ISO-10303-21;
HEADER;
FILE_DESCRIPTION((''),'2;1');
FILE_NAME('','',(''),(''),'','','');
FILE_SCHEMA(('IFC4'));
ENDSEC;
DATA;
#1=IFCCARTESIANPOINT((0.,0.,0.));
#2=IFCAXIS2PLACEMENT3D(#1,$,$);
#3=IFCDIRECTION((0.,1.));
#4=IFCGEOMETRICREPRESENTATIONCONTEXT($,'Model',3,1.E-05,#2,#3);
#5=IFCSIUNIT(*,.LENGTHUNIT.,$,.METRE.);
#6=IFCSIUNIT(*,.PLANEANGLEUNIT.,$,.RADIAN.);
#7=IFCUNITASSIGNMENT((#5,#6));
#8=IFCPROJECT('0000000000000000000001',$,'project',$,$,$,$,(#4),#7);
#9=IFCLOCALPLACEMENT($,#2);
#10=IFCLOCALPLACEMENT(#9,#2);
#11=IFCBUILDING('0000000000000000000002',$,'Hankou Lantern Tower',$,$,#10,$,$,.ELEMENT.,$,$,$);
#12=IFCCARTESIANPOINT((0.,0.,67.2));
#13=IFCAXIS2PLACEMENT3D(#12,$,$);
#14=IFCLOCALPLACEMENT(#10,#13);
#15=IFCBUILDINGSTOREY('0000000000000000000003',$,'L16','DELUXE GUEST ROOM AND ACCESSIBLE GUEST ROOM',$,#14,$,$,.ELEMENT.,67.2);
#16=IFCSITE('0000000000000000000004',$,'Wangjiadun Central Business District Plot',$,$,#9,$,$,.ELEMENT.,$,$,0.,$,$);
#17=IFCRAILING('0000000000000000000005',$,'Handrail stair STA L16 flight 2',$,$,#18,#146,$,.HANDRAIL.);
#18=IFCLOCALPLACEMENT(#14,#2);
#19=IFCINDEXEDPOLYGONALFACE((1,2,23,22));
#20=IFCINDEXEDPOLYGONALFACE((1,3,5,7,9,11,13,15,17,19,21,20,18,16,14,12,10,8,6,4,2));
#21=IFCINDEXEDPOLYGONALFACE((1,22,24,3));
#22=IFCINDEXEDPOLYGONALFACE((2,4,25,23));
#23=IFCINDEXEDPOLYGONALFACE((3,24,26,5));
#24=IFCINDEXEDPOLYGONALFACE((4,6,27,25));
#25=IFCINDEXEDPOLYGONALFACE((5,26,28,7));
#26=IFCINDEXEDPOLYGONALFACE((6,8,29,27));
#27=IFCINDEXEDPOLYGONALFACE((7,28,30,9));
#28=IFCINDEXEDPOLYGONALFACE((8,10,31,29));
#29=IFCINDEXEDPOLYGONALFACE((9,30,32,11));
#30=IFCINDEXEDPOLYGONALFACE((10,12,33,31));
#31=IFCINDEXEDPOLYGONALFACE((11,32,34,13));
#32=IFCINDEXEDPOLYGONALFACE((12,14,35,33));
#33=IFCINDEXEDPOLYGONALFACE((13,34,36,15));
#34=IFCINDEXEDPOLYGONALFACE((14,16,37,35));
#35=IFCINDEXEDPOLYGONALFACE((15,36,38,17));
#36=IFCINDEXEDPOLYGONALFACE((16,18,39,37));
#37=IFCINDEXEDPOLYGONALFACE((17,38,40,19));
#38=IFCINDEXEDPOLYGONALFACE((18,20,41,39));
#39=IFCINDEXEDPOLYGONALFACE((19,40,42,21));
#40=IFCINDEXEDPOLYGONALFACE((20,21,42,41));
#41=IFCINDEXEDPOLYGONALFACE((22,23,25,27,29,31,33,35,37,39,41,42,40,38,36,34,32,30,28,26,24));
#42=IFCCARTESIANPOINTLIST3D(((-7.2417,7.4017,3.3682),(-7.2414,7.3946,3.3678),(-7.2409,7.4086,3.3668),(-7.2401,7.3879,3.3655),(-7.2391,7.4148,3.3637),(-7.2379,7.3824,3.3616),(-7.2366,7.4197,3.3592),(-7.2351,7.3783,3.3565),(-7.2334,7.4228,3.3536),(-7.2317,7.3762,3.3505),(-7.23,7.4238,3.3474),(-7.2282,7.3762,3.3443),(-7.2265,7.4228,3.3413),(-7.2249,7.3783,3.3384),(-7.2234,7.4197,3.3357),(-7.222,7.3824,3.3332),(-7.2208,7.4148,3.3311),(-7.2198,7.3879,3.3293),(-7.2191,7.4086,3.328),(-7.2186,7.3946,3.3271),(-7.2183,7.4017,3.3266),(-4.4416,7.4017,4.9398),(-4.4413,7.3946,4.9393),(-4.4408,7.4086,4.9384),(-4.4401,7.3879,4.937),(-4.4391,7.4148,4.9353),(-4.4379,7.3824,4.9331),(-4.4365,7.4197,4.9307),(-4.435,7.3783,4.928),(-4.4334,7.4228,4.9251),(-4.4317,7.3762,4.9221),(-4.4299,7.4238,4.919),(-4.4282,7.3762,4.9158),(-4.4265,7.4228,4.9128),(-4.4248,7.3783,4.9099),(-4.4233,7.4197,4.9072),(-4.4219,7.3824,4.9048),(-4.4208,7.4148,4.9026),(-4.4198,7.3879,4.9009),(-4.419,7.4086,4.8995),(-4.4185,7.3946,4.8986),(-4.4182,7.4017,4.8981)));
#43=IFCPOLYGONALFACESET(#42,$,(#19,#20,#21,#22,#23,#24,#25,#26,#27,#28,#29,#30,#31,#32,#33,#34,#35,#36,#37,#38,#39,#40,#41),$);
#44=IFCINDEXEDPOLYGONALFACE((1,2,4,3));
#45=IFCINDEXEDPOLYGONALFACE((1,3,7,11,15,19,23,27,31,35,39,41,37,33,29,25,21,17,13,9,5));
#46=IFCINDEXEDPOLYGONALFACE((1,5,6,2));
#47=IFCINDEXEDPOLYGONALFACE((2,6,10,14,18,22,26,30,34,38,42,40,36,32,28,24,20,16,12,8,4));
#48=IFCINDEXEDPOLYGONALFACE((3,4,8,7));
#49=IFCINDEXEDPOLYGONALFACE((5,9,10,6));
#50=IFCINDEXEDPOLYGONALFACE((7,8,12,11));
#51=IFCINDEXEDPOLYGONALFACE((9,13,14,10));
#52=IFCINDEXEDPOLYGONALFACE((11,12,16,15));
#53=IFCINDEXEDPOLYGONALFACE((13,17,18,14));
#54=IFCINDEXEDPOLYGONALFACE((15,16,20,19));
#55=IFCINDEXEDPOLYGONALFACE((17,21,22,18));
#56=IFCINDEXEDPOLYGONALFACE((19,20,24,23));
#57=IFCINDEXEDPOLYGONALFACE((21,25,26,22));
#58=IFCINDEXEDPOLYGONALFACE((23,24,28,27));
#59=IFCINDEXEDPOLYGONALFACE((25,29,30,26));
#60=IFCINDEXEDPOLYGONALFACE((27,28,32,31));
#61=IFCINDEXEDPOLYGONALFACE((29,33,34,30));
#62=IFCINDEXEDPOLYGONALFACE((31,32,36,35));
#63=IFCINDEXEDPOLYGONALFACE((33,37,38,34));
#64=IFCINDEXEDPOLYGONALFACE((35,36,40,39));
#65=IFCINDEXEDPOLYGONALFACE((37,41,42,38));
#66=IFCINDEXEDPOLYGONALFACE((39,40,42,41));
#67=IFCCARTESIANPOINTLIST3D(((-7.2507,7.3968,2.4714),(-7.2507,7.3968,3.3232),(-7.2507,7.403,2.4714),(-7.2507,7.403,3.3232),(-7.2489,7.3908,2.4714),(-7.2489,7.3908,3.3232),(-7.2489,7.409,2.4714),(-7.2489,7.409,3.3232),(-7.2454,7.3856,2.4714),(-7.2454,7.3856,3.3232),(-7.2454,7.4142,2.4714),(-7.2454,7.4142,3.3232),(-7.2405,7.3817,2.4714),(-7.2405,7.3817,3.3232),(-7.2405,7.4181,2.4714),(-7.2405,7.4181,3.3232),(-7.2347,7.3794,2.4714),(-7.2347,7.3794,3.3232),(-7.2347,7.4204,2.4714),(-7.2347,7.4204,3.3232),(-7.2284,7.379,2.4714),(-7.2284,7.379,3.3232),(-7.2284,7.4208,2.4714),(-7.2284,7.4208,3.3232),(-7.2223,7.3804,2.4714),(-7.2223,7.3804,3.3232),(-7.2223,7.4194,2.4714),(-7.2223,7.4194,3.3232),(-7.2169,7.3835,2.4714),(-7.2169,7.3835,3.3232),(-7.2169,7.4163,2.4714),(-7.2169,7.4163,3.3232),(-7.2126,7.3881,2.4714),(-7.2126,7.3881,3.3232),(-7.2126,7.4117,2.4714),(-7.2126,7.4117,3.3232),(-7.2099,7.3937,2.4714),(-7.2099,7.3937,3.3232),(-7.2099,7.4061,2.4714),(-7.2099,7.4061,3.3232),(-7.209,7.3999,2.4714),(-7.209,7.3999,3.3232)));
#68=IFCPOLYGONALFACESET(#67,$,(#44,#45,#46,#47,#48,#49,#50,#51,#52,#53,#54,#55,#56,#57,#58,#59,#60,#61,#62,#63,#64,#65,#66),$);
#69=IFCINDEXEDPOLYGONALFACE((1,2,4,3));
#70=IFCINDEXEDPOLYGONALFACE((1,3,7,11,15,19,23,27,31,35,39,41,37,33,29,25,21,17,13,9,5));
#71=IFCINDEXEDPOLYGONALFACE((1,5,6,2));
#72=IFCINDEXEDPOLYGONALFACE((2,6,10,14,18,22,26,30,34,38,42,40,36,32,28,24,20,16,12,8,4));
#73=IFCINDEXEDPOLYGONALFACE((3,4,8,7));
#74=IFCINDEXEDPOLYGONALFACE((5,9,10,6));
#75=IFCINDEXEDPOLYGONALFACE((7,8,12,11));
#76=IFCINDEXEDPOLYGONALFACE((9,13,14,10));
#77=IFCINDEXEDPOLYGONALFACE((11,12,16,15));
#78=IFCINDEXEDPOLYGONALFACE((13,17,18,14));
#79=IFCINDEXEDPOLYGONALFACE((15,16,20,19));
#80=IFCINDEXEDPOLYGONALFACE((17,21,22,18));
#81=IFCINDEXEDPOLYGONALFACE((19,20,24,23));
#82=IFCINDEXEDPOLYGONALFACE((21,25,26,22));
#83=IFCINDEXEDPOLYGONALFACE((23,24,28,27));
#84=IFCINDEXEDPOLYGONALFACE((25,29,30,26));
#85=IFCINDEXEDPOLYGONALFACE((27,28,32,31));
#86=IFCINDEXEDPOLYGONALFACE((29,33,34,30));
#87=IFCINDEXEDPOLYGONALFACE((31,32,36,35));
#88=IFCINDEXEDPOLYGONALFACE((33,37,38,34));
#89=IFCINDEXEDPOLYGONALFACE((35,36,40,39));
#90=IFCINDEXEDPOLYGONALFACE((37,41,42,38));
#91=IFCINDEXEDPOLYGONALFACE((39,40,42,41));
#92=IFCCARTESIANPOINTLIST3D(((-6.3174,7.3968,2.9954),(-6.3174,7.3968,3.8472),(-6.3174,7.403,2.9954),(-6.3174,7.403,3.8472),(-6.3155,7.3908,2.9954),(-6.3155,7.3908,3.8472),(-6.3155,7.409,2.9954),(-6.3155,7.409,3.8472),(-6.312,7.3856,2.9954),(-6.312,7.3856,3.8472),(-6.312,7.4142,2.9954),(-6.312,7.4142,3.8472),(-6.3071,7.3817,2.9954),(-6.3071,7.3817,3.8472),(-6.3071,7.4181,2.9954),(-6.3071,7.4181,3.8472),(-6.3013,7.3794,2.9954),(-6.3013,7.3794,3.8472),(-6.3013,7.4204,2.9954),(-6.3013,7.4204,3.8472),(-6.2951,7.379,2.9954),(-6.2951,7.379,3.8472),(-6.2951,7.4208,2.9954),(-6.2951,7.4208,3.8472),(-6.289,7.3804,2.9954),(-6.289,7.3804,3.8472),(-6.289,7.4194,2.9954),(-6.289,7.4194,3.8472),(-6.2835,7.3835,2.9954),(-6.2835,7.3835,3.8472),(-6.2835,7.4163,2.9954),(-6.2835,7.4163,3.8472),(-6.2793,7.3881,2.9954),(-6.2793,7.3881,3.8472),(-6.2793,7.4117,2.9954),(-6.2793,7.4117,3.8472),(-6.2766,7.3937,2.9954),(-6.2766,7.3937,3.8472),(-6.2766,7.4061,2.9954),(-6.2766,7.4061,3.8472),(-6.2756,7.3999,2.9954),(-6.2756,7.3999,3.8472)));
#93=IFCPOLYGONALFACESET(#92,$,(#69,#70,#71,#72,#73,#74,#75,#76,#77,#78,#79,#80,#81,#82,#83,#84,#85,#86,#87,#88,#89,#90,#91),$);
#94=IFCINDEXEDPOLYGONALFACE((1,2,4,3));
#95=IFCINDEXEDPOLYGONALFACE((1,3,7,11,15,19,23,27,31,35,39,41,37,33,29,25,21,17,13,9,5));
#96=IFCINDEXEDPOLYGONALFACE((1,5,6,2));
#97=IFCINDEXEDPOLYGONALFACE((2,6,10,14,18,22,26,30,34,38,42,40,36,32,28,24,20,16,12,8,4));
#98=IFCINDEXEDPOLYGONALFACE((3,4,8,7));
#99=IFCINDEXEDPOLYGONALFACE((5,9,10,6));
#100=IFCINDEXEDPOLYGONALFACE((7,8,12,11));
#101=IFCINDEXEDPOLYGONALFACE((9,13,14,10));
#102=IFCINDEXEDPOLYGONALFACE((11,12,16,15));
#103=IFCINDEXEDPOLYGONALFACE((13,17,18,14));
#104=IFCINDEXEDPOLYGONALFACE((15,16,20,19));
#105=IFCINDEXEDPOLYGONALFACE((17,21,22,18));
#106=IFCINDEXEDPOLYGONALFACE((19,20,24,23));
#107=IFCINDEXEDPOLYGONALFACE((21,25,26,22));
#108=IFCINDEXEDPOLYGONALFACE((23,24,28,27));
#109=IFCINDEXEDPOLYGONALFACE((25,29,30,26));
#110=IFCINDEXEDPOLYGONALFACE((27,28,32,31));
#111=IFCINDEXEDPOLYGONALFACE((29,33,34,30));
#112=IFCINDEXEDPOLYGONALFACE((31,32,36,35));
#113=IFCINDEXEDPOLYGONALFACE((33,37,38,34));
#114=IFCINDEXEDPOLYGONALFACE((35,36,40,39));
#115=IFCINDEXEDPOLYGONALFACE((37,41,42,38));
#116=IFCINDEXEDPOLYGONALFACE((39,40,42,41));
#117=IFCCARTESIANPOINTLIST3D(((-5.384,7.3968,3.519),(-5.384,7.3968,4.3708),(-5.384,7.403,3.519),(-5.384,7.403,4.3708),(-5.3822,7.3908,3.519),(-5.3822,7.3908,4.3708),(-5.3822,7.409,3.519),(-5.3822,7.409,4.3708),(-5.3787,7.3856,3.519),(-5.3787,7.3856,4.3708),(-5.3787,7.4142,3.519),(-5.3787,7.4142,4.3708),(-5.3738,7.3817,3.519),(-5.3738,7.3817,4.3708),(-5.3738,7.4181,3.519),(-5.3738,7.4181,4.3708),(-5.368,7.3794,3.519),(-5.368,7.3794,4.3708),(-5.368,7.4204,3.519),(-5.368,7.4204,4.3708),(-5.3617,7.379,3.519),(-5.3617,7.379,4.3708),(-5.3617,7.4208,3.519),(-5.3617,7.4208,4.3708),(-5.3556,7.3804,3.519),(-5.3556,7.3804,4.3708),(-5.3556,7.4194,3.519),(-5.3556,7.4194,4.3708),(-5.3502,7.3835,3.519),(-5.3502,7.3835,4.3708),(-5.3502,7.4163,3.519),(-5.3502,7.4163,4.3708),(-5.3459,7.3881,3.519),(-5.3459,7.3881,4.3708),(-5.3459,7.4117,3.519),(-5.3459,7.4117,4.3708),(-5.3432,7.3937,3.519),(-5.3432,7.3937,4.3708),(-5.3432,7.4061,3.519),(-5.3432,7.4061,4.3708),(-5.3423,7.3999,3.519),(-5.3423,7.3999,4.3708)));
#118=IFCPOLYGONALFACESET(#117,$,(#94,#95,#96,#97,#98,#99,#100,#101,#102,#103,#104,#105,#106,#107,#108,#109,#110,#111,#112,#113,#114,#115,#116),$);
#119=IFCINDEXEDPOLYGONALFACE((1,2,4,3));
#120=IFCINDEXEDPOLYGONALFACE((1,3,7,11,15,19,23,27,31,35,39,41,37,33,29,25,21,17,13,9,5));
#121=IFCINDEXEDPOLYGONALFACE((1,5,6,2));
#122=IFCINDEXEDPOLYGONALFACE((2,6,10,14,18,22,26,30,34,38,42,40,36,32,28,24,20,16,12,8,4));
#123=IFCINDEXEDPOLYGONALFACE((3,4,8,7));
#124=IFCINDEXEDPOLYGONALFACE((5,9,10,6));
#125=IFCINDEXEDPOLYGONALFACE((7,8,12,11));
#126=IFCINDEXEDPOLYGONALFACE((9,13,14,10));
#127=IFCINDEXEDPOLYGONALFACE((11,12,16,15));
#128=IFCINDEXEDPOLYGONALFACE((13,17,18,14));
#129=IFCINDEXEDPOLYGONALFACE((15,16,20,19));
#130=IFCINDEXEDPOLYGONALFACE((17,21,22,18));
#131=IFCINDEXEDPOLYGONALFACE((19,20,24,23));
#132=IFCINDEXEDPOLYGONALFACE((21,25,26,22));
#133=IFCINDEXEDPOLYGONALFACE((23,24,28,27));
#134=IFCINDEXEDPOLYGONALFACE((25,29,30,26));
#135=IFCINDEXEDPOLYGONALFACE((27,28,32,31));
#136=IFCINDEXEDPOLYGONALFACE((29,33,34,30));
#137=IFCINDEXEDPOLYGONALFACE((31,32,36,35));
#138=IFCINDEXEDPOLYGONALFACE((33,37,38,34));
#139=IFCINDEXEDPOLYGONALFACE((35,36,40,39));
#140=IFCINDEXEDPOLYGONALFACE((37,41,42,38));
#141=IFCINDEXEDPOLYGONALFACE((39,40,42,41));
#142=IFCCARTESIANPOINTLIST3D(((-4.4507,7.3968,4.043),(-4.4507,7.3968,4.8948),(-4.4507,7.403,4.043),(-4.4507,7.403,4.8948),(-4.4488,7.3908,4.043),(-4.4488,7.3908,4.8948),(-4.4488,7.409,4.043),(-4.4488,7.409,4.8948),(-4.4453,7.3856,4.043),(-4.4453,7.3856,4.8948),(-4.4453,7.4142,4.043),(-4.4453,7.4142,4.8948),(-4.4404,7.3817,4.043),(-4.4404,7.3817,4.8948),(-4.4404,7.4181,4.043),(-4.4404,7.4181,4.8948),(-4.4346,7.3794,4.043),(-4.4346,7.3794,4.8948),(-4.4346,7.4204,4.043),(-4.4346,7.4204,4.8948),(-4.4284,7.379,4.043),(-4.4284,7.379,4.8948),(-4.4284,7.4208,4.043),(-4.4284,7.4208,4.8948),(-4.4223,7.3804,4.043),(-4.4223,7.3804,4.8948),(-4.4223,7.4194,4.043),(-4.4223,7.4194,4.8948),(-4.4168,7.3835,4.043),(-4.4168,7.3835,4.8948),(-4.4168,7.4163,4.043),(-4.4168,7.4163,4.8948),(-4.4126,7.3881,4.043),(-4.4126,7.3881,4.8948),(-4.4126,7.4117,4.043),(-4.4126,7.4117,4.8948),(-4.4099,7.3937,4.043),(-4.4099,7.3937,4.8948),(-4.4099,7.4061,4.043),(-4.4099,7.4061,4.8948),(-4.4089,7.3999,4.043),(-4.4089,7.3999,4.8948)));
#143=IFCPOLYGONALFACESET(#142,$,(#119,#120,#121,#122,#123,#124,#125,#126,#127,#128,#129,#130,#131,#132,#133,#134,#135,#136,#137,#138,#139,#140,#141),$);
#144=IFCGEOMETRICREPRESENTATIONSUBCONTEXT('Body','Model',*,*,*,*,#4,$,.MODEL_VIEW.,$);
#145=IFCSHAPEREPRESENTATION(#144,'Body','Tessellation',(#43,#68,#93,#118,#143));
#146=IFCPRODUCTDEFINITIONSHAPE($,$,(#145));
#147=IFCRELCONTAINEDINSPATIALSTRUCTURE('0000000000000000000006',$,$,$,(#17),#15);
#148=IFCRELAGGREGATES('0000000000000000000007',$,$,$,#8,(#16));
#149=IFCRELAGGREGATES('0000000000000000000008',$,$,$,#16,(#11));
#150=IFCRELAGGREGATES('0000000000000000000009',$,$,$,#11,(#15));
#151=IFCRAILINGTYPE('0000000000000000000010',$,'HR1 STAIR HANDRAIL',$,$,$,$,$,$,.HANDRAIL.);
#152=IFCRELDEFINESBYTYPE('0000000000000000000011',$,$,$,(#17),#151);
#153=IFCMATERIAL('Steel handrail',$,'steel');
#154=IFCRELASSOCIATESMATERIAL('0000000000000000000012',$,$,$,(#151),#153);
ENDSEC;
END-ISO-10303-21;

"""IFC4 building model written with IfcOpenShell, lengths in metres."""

from ifc_helpers import new_model, si_unit, direction, frame, origin, origin_2d, place, context, subcontext, project, spatial, circle, extrude, material, type_object, element, save


model = new_model("IFC4")

# Units and contexts
model_context = context("Model", 3, precision=1e-05, world=origin(), true_north=direction((0.0, 1.0)))
body_context = subcontext(model_context, "Body", "Model", "MODEL_VIEW")
ifc_project = project(units=[si_unit("LENGTHUNIT", "METRE"), si_unit("PLANEANGLEUNIT", "RADIAN")], contexts=[model_context])

# Site, building, storey
site_placement = place(None, origin())
site = spatial("IfcSite", under=ifc_project, at=site_placement, Name="Wangjiadun Central Business District Plot", CompositionType="ELEMENT", RefElevation=0.0)
building_placement = place(site_placement, origin())
building = spatial("IfcBuilding", under=site, at=building_placement, Name="Hankou Lantern Tower", CompositionType="ELEMENT")
storey_placement = place(building_placement, frame((0.0, 0.0, 67.2)))
storey = spatial("IfcBuildingStorey", under=building, at=storey_placement, Name="L16", Description="DELUXE GUEST ROOM AND ACCESSIBLE GUEST ROOM", CompositionType="ELEMENT", Elevation=67.2)

# Railing
ifc_material_1 = material(Name="Steel handrail", Category="steel")
railing_type = type_object("IfcRailingType", Name="HR1 STAIR HANDRAIL", PredefinedType="HANDRAIL", material=ifc_material_1)
railing_1_placement = place(storey_placement, frame((-7.23, 7.3999, 2.4714)))
element("IfcRailing", 1, at=railing_1_placement, inside=storey, type_object=railing_type, Name="Handrail stair STA L16 flight 2", PredefinedType="HANDRAIL", context=body_context, shape_type="SweptSolid", body=[
    extrude(circle(Radius=0.0239, at=origin_2d()), frame((0.0, 0.0, 0.876), z_axis=(0.87204, 0.0, 0.489434), x_axis=(0.0, 1.0, 0.0)), (0.0, 0.0, 1.0), 3.2109),
    extrude(circle(Radius=0.021, at=origin_2d()), origin(), (0.0, 0.0, 1.0), 0.8518),
    extrude(circle(Radius=0.021, at=origin_2d()), frame((0.9333, 0.0, 0.5239)), (0.0, 0.0, 1.0), 0.8518),
    extrude(circle(Radius=0.021, at=origin_2d()), frame((1.8667, 0.0, 1.0476)), (0.0, 0.0, 1.0), 0.8518),
    extrude(circle(Radius=0.021, at=origin_2d()), frame((2.8, 0.0, 1.5715)), (0.0, 0.0, 1.0), 0.8518),
])

save(model, "model.ifc")
